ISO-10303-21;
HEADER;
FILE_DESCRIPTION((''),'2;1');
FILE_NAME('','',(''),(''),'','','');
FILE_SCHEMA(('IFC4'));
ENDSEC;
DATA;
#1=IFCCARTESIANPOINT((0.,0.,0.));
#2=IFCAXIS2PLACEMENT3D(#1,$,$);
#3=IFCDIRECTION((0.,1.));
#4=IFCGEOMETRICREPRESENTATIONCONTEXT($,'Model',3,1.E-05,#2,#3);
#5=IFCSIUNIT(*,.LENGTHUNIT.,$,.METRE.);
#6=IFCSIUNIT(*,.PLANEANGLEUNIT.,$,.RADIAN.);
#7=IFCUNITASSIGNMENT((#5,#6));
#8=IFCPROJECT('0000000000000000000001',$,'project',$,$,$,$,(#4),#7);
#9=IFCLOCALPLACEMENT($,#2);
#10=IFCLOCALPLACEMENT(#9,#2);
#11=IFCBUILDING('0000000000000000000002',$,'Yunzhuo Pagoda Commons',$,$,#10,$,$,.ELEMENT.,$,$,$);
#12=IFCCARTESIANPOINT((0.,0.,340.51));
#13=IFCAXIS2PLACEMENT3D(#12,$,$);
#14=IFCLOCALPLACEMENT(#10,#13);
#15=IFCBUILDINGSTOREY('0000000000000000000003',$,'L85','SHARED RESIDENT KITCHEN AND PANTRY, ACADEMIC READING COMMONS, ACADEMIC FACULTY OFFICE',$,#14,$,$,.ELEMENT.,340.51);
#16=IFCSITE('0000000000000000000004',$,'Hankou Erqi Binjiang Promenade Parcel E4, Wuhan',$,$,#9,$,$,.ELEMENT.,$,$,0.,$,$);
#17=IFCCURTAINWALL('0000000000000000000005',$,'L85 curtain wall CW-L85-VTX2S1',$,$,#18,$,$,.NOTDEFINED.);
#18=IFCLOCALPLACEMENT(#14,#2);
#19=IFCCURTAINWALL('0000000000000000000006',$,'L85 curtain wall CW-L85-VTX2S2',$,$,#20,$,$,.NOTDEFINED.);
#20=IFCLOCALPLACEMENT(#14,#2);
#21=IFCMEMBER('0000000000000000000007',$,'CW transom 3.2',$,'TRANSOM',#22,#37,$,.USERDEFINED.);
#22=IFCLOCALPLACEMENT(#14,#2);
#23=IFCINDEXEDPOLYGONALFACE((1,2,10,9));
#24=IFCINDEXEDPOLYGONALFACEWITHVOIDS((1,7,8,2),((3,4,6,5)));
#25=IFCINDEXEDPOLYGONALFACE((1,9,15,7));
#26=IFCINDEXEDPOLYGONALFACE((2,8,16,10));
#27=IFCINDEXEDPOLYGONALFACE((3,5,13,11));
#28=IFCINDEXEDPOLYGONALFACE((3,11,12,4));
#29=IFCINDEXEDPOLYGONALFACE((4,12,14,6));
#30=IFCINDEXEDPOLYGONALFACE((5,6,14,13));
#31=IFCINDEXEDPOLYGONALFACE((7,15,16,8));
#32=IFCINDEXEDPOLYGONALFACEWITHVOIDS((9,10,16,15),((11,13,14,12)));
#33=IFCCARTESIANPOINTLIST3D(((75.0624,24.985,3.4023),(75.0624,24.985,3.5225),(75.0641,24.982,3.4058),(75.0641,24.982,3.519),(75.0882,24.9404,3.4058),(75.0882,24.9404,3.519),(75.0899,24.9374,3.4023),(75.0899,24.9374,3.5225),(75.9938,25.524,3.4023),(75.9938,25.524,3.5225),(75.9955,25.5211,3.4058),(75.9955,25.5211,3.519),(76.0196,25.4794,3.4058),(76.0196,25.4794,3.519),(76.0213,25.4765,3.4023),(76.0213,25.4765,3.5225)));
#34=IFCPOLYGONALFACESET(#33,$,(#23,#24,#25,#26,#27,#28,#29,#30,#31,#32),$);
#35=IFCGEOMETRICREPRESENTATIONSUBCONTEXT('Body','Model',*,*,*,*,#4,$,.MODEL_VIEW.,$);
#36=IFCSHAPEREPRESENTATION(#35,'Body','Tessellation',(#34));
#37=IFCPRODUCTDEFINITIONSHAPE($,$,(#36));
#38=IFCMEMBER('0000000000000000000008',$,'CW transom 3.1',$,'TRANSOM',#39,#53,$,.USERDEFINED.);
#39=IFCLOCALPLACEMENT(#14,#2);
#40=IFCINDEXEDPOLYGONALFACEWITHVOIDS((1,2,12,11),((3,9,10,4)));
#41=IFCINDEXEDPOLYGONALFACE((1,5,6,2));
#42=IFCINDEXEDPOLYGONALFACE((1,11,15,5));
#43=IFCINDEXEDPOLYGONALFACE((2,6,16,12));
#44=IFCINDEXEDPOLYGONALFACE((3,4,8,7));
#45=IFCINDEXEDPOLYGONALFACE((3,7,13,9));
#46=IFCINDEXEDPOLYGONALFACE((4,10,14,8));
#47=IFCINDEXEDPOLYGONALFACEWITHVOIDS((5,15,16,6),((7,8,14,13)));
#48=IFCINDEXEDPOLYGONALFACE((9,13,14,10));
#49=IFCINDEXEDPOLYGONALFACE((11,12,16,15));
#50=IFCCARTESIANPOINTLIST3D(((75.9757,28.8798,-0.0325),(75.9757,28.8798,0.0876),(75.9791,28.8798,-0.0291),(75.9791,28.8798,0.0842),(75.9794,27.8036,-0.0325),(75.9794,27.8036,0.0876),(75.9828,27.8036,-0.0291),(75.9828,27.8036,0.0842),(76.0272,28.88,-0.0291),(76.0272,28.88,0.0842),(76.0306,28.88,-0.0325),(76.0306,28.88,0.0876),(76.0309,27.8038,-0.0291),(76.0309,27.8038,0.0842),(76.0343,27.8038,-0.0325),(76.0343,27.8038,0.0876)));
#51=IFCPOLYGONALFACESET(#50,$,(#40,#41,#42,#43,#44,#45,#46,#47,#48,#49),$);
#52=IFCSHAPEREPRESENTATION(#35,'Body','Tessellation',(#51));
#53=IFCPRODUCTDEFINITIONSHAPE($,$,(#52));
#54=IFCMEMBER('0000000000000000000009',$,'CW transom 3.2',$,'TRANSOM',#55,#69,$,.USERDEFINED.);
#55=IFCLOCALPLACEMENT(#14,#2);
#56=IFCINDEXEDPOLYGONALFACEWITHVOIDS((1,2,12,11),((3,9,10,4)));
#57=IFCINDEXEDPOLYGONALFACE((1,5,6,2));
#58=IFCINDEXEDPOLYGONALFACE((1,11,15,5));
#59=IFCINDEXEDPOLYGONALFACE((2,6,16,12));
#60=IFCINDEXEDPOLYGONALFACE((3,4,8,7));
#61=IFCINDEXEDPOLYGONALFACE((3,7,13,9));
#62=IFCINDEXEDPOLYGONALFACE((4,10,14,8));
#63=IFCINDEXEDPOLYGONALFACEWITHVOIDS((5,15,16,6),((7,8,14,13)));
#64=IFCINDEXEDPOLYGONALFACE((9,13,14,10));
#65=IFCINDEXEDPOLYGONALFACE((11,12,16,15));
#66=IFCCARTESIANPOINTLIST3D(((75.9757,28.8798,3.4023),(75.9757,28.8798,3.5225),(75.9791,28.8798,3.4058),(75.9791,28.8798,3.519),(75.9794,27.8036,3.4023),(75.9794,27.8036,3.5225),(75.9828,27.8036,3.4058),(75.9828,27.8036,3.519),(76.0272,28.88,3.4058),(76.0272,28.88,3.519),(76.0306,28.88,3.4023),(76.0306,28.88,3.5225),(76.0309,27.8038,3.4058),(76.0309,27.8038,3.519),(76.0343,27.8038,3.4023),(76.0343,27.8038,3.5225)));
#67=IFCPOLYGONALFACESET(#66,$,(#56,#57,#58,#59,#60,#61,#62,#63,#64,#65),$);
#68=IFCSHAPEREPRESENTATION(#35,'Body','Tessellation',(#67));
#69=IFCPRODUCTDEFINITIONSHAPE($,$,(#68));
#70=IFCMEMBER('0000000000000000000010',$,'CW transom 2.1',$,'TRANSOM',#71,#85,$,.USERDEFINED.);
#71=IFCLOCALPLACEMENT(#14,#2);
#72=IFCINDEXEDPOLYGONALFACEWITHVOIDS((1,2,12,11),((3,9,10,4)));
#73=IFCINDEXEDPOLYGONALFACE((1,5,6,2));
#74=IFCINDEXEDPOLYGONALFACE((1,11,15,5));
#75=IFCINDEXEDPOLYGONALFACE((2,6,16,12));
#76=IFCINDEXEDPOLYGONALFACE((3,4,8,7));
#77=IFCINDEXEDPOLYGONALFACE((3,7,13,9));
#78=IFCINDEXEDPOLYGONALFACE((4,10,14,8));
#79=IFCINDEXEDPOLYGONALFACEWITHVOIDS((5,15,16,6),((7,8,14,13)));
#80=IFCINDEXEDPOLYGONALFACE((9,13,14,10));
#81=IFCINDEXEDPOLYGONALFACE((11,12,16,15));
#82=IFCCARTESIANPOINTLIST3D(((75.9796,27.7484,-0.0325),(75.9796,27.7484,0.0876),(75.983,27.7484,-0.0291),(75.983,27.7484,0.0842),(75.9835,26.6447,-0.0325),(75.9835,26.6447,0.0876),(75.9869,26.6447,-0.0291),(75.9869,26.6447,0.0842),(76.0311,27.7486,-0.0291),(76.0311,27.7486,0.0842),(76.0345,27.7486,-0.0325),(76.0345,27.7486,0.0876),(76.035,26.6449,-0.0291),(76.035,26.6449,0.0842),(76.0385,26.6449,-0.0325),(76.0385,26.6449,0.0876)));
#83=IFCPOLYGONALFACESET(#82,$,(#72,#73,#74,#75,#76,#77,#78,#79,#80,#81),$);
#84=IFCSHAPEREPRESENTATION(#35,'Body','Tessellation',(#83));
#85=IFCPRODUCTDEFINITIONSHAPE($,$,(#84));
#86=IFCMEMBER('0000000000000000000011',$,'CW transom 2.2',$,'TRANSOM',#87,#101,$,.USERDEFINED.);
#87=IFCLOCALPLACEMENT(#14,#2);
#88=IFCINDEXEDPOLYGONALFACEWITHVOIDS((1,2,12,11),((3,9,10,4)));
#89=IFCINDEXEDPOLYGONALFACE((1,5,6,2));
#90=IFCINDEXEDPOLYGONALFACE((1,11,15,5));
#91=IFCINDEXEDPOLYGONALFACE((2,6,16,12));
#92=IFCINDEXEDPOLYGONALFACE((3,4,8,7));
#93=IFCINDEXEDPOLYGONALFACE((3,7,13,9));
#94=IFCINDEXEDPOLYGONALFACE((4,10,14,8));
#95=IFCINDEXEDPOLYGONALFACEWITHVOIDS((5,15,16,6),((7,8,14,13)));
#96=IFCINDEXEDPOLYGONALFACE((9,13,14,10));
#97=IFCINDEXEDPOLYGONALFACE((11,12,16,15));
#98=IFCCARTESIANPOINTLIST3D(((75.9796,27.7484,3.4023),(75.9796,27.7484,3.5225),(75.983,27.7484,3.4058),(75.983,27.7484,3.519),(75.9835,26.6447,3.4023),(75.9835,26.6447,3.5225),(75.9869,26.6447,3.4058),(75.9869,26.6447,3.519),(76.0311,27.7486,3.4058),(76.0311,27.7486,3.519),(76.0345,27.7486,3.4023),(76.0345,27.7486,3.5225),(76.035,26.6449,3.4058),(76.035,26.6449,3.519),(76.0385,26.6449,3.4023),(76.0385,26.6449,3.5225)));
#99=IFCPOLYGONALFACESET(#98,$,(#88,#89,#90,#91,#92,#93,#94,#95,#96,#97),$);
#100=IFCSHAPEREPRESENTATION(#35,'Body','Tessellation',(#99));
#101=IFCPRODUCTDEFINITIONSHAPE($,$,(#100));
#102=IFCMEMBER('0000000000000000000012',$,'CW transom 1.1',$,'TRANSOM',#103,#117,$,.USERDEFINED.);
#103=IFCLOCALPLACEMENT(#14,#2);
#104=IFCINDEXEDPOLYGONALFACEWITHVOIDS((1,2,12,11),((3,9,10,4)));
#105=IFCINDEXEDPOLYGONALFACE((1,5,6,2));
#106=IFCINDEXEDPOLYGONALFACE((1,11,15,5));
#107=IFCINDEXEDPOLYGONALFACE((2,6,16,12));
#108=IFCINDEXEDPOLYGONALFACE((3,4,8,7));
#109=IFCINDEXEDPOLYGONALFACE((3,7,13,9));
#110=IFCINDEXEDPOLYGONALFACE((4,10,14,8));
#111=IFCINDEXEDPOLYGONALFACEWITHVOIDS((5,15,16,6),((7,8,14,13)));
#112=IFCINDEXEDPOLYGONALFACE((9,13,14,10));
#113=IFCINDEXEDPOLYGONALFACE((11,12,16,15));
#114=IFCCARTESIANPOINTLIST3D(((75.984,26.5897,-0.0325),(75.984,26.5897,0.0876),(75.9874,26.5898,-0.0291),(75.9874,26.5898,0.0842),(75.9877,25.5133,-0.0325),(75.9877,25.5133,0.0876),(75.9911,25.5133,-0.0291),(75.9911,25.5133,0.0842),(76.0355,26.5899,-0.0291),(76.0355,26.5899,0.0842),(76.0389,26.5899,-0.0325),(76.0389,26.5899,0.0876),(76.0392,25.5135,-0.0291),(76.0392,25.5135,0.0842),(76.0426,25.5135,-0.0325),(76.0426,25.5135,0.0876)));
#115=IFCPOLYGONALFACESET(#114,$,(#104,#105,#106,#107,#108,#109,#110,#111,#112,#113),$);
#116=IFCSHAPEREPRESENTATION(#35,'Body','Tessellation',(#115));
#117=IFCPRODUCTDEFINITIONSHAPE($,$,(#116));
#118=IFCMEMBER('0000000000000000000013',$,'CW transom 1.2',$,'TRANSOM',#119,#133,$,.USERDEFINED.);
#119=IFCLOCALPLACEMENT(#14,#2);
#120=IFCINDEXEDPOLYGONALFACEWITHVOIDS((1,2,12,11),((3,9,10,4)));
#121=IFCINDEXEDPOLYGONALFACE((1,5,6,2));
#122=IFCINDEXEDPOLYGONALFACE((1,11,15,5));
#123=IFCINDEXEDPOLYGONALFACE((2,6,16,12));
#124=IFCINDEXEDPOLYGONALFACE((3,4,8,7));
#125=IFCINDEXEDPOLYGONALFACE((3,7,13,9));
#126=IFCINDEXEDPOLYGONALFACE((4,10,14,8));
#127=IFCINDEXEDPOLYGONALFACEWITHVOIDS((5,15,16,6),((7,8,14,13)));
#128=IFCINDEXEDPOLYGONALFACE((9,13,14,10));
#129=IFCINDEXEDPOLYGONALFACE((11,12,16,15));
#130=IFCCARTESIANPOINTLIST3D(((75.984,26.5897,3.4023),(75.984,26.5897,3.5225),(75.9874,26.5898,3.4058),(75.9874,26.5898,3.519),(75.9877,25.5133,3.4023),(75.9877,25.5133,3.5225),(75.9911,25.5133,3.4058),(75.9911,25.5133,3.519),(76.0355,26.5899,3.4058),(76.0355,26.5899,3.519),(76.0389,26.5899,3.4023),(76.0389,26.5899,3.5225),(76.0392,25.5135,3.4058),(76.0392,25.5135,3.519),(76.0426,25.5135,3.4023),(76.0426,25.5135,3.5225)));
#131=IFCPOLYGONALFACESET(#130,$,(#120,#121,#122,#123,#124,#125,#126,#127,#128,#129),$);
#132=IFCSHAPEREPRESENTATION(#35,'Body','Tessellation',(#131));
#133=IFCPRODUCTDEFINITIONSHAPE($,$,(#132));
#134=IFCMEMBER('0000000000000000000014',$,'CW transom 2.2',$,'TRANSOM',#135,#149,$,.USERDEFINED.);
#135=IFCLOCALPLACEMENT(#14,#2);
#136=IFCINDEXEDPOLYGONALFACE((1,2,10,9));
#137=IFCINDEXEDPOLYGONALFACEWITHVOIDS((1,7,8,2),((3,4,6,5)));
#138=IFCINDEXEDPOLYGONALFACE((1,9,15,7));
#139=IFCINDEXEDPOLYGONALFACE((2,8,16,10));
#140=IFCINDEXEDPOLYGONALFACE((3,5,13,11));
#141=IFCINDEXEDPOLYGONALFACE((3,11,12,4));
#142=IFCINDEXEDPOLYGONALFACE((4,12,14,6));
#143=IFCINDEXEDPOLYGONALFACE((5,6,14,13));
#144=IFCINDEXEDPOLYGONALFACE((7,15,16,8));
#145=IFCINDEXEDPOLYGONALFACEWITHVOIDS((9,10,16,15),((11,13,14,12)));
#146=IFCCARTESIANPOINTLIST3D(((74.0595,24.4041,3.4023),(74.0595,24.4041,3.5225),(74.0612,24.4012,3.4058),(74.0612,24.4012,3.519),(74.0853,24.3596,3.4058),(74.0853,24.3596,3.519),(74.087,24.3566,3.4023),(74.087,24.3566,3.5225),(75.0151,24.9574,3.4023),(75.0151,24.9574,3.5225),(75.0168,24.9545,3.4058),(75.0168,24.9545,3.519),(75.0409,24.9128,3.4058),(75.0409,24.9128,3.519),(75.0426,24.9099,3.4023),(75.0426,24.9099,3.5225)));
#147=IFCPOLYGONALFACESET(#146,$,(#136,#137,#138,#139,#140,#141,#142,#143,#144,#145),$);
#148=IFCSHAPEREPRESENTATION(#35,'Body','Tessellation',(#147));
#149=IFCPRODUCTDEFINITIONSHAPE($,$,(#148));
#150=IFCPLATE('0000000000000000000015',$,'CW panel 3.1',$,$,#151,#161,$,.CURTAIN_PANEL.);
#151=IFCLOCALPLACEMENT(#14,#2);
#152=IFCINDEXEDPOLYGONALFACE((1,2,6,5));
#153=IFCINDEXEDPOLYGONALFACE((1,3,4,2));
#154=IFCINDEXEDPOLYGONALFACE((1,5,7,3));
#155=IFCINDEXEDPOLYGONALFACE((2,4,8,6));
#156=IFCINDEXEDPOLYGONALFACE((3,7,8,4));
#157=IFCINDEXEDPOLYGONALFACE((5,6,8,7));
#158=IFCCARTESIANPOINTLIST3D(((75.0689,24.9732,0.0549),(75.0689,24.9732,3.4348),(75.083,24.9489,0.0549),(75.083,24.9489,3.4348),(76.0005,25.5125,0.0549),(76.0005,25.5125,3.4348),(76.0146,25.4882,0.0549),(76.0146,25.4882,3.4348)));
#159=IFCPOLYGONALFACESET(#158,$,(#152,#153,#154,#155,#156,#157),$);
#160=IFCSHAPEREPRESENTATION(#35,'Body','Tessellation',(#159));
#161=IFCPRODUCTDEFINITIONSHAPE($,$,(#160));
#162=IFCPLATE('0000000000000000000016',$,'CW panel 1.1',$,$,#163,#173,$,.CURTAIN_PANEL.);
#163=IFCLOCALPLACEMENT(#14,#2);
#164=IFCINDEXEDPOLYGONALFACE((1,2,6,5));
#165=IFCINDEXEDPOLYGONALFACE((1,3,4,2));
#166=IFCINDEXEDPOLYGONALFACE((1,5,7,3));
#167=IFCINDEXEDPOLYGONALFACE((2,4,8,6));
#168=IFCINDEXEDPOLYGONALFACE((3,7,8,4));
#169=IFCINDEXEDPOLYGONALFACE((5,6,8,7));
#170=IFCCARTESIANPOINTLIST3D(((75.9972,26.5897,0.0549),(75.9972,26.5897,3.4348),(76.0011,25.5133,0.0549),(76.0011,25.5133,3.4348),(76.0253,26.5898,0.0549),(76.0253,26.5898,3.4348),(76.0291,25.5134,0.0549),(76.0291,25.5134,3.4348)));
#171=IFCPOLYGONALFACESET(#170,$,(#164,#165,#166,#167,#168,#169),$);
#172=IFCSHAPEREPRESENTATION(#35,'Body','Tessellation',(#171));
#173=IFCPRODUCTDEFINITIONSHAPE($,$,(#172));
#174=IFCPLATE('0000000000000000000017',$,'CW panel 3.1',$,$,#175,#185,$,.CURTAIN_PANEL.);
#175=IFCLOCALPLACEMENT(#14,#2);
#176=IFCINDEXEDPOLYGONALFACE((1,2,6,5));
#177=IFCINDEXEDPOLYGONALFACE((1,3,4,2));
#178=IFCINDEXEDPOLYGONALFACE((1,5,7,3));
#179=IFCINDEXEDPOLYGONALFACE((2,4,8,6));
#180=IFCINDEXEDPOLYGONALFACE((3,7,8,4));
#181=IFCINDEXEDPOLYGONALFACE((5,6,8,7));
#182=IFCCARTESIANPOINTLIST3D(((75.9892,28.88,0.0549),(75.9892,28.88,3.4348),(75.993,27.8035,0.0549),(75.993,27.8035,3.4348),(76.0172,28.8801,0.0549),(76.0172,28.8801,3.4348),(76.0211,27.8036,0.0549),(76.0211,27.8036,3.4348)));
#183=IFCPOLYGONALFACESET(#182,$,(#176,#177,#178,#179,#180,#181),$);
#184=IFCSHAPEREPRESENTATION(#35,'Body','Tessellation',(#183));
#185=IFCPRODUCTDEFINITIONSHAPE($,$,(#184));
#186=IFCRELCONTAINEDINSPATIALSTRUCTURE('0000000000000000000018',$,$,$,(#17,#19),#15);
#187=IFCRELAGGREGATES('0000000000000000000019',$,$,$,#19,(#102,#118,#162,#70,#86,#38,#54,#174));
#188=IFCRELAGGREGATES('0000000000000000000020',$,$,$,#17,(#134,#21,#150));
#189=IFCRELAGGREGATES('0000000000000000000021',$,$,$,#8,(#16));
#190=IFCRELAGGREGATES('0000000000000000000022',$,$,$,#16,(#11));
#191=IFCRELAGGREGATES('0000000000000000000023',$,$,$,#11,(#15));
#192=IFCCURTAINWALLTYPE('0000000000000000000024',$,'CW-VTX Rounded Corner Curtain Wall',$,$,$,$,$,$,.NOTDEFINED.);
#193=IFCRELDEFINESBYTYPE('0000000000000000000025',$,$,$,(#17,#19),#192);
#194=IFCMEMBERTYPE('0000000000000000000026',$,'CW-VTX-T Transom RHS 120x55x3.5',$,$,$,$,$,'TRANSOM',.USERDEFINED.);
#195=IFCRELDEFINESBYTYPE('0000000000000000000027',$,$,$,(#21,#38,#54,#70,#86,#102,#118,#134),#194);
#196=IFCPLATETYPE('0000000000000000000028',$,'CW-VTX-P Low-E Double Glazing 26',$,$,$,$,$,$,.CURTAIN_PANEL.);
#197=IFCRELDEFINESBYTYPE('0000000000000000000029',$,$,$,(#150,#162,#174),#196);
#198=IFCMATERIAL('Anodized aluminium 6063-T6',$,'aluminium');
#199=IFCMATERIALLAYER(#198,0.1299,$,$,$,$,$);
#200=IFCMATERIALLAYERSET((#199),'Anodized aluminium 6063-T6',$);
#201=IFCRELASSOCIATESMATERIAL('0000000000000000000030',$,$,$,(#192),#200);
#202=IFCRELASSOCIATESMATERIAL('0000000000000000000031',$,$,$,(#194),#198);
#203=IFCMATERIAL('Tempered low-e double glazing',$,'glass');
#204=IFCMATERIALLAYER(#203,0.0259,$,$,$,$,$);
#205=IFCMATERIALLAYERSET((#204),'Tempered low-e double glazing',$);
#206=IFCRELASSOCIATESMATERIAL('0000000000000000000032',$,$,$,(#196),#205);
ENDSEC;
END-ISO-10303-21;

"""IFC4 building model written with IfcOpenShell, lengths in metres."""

from ifc_helpers import new_model, si_unit, direction, frame, origin, origin_2d, place, context, subcontext, project, spatial, rectangle, hollow_rectangle, extrude, source, transform, mapped, material, layer, layer_set, material_profile, profile_set, type_object, element, aggregate, save


model = new_model("IFC4")

# Units and contexts
model_context = context("Model", 3, precision=1e-05, world=origin(), true_north=direction((0.0, 1.0)))
body_context = subcontext(model_context, "Body", "Model", "MODEL_VIEW")
ifc_project = project(units=[si_unit("LENGTHUNIT", "METRE"), si_unit("PLANEANGLEUNIT", "RADIAN")], contexts=[model_context])

# Site, building, storey
site_placement = place(None, origin())
site = spatial("IfcSite", under=ifc_project, at=site_placement, Name="Hankou Erqi Binjiang Promenade Parcel E4, Wuhan", CompositionType="ELEMENT", RefElevation=0.0)
building_placement = place(site_placement, origin())
building = spatial("IfcBuilding", under=site, at=building_placement, Name="Yunzhuo Pagoda Commons", CompositionType="ELEMENT")
storey_placement = place(building_placement, frame((0.0, 0.0, 340.51)))
storey = spatial("IfcBuildingStorey", under=building, at=storey_placement, Name="L85", Description="SHARED RESIDENT KITCHEN AND PANTRY, ACADEMIC READING COMMONS, ACADEMIC FACULTY OFFICE", CompositionType="ELEMENT", Elevation=340.51)

# Shared definitions
ifc_material_1 = material(Name="Anodized aluminium 6063-T6", Category="aluminium")

# Curtain wall
ifc_layer_1 = layer(ifc_material_1, 0.1299)
ifc_layer_set_1 = layer_set([ifc_layer_1], Name="Anodized aluminium 6063-T6")
curtain_wall_type_1 = type_object("IfcCurtainWallType", Name="CW-VTX Rounded Corner Curtain Wall", PredefinedType="NOTDEFINED", material=ifc_layer_set_1)
curtain_wall_1_placement = place(storey_placement, origin())
curtain_wall_1 = element("IfcCurtainWall", 1, at=curtain_wall_1_placement, inside=storey, type_object=curtain_wall_type_1, Name="L85 curtain wall CW-L85-VTX2S1", PredefinedType="NOTDEFINED")

# Curtain wall
curtain_wall_2_placement = place(storey_placement, origin())
curtain_wall_2 = element("IfcCurtainWall", 2, at=curtain_wall_2_placement, inside=storey, type_object=curtain_wall_type_1, Name="L85 curtain wall CW-L85-VTX2S2", PredefinedType="NOTDEFINED")

# Members
ifc_material_profile_1 = material_profile(ifc_material_1, hollow_rectangle(XDim=0.0549, YDim=0.1201, WallThickness=0.0034, at=origin_2d()), Name="Anodized aluminium 6063-T6")
ifc_profile_set_1 = profile_set([ifc_material_profile_1], Name="Anodized aluminium 6063-T6")
member_type_1 = type_object("IfcMemberType", Name="CW-VTX-T Transom RHS 120x55x3.5", ElementType="TRANSOM", PredefinedType="USERDEFINED", material=ifc_profile_set_1)
shared_shape_1 = source(origin(), body_context, "Body", "SweptSolid", [
    extrude(hollow_rectangle(XDim=0.0549, YDim=0.1201, WallThickness=0.0034, at=origin_2d()), origin(), (0.0, 0.0, 1.0), 1.0762),
])
member_1_placement = place(storey_placement, frame((75.0762, 24.9612, 3.4624), z_axis=(0.865494, 0.50092, 0.0), x_axis=(-0.50092, 0.865494, 0.0)))
member_1 = element("IfcMember", 3, at=member_1_placement, type_object=member_type_1, Name="CW transom 3.2", ObjectType="TRANSOM", PredefinedType="USERDEFINED", context=body_context, shape_type="MappedRepresentation", body=[
    mapped(shared_shape_1, transform((0.0, 0.0, 0.0), scale=1.0)),
])
member_2_placement = place(storey_placement, frame((76.0068, 27.8037, 0.0276), z_axis=(-0.003403, 0.999994, 0.0), x_axis=(-0.999994, -0.003403, 0.0)))
member_2 = element("IfcMember", 4, at=member_2_placement, type_object=member_type_1, Name="CW transom 3.1", ObjectType="TRANSOM", PredefinedType="USERDEFINED", context=body_context, shape_type="MappedRepresentation", body=[
    mapped(shared_shape_1, transform((0.0, 0.0, 0.0), scale=1.0)),
])
member_3_placement = place(storey_placement, frame((76.0068, 27.8037, 3.4624), z_axis=(-0.003403, 0.999994, 0.0), x_axis=(-0.999994, -0.003403, 0.0)))
member_3 = element("IfcMember", 5, at=member_3_placement, type_object=member_type_1, Name="CW transom 3.2", ObjectType="TRANSOM", PredefinedType="USERDEFINED", context=body_context, shape_type="MappedRepresentation", body=[
    mapped(shared_shape_1, transform((0.0, 0.0, 0.0), scale=1.0)),
])
shared_shape_2 = source(origin(), body_context, "Body", "SweptSolid", [
    extrude(hollow_rectangle(XDim=0.0549, YDim=0.1201, WallThickness=0.0034, at=origin_2d()), origin(), (0.0, 0.0, 1.0), 1.1038),
])
member_4_placement = place(storey_placement, frame((76.011, 26.6448, 0.0276), z_axis=(-0.003539, 0.999994, 0.0), x_axis=(-0.999994, -0.003539, 0.0)))
member_4 = element("IfcMember", 6, at=member_4_placement, type_object=member_type_1, Name="CW transom 2.1", ObjectType="TRANSOM", PredefinedType="USERDEFINED", context=body_context, shape_type="MappedRepresentation", body=[
    mapped(shared_shape_2, transform((0.0, 0.0, 0.0), scale=1.0)),
])
member_5_placement = place(storey_placement, frame((76.011, 26.6448, 3.4624), z_axis=(-0.003539, 0.999994, 0.0), x_axis=(-0.999994, -0.003539, 0.0)))
member_5 = element("IfcMember", 7, at=member_5_placement, type_object=member_type_1, Name="CW transom 2.2", ObjectType="TRANSOM", PredefinedType="USERDEFINED", context=body_context, shape_type="MappedRepresentation", body=[
    mapped(shared_shape_2, transform((0.0, 0.0, 0.0), scale=1.0)),
])
shared_shape_3 = source(origin(), body_context, "Body", "SweptSolid", [
    extrude(hollow_rectangle(XDim=0.0549, YDim=0.1201, WallThickness=0.0034, at=origin_2d()), origin(), (0.0, 0.0, 1.0), 1.0764),
])
member_6_placement = place(storey_placement, frame((76.0151, 25.5134, 0.0276), z_axis=(-0.003402, 0.999994, 0.0), x_axis=(-0.999994, -0.003402, 0.0)))
member_6 = element("IfcMember", 8, at=member_6_placement, type_object=member_type_1, Name="CW transom 1.1", ObjectType="TRANSOM", PredefinedType="USERDEFINED", context=body_context, shape_type="MappedRepresentation", body=[
    mapped(shared_shape_3, transform((0.0, 0.0, 0.0), scale=1.0)),
])
member_7_placement = place(storey_placement, frame((76.0151, 25.5134, 3.4624), z_axis=(-0.003402, 0.999994, 0.0), x_axis=(-0.999994, -0.003402, 0.0)))
member_7 = element("IfcMember", 9, at=member_7_placement, type_object=member_type_1, Name="CW transom 1.2", ObjectType="TRANSOM", PredefinedType="USERDEFINED", context=body_context, shape_type="MappedRepresentation", body=[
    mapped(shared_shape_3, transform((0.0, 0.0, 0.0), scale=1.0)),
])
shared_shape_4 = source(origin(), body_context, "Body", "SweptSolid", [
    extrude(hollow_rectangle(XDim=0.0549, YDim=0.1201, WallThickness=0.0034, at=origin_2d()), origin(), (0.0, 0.0, 1.0), 1.1042),
])
member_8_placement = place(storey_placement, frame((74.0732, 24.3804, 3.4624), z_axis=(0.865426, 0.501036, 0.0), x_axis=(-0.501036, 0.865426, 0.0)))
member_8 = element("IfcMember", 10, at=member_8_placement, type_object=member_type_1, Name="CW transom 2.2", ObjectType="TRANSOM", PredefinedType="USERDEFINED", context=body_context, shape_type="MappedRepresentation", body=[
    mapped(shared_shape_4, transform((0.0, 0.0, 0.0), scale=1.0)),
])

# Plates
ifc_material_2 = material(Name="Tempered low-e double glazing", Category="glass")
ifc_layer_2 = layer(ifc_material_2, 0.0259)
ifc_layer_set_2 = layer_set([ifc_layer_2], Name="Tempered low-e double glazing")
plate_type = type_object("IfcPlateType", Name="CW-VTX-P Low-E Double Glazing 26", PredefinedType="CURTAIN_PANEL", material=ifc_layer_set_2)
shared_shape_5 = source(origin(), body_context, "Body", "SweptSolid", [
    extrude(rectangle(XDim=1.0764, YDim=0.0281, at=origin_2d()), origin(), (0.0, 0.0, 1.0), 3.3799),
])
plate_1_placement = place(storey_placement, frame((75.5417, 25.2307, 0.0549), z_axis=(0.0, 0.0, 1.0), x_axis=(0.865431, 0.501028, 0.0)))
plate_1 = element("IfcPlate", 11, at=plate_1_placement, type_object=plate_type, Name="CW panel 3.1", PredefinedType="CURTAIN_PANEL", context=body_context, shape_type="MappedRepresentation", body=[
    mapped(shared_shape_5, transform((0.0, 0.0, 0.0), scale=1.0)),
])
plate_2_placement = place(storey_placement, frame((76.0132, 26.0515, 0.0549), z_axis=(0.0, 0.0, 1.0), x_axis=(-0.003567, 0.999994, 0.0)))
plate_2 = element("IfcPlate", 12, at=plate_2_placement, type_object=plate_type, Name="CW panel 1.1", PredefinedType="CURTAIN_PANEL", context=body_context, shape_type="MappedRepresentation", body=[
    mapped(shared_shape_5, transform((0.0, 0.0, 0.0), scale=1.0)),
])
plate_3_placement = place(storey_placement, frame((76.0051, 28.3418, 0.0549), z_axis=(0.0, 0.0, 1.0), x_axis=(-0.003567, 0.999994, 0.0)))
plate_3 = element("IfcPlate", 13, at=plate_3_placement, type_object=plate_type, Name="CW panel 3.1", PredefinedType="CURTAIN_PANEL", context=body_context, shape_type="MappedRepresentation", body=[
    mapped(shared_shape_5, transform((0.0, 0.0, 0.0), scale=1.0)),
])
aggregate(curtain_wall_2, [member_6, member_7, plate_2, member_4, member_5, member_2, member_3, plate_3])
aggregate(curtain_wall_1, [member_8, member_1, plate_1])

save(model, "model.ifc")
